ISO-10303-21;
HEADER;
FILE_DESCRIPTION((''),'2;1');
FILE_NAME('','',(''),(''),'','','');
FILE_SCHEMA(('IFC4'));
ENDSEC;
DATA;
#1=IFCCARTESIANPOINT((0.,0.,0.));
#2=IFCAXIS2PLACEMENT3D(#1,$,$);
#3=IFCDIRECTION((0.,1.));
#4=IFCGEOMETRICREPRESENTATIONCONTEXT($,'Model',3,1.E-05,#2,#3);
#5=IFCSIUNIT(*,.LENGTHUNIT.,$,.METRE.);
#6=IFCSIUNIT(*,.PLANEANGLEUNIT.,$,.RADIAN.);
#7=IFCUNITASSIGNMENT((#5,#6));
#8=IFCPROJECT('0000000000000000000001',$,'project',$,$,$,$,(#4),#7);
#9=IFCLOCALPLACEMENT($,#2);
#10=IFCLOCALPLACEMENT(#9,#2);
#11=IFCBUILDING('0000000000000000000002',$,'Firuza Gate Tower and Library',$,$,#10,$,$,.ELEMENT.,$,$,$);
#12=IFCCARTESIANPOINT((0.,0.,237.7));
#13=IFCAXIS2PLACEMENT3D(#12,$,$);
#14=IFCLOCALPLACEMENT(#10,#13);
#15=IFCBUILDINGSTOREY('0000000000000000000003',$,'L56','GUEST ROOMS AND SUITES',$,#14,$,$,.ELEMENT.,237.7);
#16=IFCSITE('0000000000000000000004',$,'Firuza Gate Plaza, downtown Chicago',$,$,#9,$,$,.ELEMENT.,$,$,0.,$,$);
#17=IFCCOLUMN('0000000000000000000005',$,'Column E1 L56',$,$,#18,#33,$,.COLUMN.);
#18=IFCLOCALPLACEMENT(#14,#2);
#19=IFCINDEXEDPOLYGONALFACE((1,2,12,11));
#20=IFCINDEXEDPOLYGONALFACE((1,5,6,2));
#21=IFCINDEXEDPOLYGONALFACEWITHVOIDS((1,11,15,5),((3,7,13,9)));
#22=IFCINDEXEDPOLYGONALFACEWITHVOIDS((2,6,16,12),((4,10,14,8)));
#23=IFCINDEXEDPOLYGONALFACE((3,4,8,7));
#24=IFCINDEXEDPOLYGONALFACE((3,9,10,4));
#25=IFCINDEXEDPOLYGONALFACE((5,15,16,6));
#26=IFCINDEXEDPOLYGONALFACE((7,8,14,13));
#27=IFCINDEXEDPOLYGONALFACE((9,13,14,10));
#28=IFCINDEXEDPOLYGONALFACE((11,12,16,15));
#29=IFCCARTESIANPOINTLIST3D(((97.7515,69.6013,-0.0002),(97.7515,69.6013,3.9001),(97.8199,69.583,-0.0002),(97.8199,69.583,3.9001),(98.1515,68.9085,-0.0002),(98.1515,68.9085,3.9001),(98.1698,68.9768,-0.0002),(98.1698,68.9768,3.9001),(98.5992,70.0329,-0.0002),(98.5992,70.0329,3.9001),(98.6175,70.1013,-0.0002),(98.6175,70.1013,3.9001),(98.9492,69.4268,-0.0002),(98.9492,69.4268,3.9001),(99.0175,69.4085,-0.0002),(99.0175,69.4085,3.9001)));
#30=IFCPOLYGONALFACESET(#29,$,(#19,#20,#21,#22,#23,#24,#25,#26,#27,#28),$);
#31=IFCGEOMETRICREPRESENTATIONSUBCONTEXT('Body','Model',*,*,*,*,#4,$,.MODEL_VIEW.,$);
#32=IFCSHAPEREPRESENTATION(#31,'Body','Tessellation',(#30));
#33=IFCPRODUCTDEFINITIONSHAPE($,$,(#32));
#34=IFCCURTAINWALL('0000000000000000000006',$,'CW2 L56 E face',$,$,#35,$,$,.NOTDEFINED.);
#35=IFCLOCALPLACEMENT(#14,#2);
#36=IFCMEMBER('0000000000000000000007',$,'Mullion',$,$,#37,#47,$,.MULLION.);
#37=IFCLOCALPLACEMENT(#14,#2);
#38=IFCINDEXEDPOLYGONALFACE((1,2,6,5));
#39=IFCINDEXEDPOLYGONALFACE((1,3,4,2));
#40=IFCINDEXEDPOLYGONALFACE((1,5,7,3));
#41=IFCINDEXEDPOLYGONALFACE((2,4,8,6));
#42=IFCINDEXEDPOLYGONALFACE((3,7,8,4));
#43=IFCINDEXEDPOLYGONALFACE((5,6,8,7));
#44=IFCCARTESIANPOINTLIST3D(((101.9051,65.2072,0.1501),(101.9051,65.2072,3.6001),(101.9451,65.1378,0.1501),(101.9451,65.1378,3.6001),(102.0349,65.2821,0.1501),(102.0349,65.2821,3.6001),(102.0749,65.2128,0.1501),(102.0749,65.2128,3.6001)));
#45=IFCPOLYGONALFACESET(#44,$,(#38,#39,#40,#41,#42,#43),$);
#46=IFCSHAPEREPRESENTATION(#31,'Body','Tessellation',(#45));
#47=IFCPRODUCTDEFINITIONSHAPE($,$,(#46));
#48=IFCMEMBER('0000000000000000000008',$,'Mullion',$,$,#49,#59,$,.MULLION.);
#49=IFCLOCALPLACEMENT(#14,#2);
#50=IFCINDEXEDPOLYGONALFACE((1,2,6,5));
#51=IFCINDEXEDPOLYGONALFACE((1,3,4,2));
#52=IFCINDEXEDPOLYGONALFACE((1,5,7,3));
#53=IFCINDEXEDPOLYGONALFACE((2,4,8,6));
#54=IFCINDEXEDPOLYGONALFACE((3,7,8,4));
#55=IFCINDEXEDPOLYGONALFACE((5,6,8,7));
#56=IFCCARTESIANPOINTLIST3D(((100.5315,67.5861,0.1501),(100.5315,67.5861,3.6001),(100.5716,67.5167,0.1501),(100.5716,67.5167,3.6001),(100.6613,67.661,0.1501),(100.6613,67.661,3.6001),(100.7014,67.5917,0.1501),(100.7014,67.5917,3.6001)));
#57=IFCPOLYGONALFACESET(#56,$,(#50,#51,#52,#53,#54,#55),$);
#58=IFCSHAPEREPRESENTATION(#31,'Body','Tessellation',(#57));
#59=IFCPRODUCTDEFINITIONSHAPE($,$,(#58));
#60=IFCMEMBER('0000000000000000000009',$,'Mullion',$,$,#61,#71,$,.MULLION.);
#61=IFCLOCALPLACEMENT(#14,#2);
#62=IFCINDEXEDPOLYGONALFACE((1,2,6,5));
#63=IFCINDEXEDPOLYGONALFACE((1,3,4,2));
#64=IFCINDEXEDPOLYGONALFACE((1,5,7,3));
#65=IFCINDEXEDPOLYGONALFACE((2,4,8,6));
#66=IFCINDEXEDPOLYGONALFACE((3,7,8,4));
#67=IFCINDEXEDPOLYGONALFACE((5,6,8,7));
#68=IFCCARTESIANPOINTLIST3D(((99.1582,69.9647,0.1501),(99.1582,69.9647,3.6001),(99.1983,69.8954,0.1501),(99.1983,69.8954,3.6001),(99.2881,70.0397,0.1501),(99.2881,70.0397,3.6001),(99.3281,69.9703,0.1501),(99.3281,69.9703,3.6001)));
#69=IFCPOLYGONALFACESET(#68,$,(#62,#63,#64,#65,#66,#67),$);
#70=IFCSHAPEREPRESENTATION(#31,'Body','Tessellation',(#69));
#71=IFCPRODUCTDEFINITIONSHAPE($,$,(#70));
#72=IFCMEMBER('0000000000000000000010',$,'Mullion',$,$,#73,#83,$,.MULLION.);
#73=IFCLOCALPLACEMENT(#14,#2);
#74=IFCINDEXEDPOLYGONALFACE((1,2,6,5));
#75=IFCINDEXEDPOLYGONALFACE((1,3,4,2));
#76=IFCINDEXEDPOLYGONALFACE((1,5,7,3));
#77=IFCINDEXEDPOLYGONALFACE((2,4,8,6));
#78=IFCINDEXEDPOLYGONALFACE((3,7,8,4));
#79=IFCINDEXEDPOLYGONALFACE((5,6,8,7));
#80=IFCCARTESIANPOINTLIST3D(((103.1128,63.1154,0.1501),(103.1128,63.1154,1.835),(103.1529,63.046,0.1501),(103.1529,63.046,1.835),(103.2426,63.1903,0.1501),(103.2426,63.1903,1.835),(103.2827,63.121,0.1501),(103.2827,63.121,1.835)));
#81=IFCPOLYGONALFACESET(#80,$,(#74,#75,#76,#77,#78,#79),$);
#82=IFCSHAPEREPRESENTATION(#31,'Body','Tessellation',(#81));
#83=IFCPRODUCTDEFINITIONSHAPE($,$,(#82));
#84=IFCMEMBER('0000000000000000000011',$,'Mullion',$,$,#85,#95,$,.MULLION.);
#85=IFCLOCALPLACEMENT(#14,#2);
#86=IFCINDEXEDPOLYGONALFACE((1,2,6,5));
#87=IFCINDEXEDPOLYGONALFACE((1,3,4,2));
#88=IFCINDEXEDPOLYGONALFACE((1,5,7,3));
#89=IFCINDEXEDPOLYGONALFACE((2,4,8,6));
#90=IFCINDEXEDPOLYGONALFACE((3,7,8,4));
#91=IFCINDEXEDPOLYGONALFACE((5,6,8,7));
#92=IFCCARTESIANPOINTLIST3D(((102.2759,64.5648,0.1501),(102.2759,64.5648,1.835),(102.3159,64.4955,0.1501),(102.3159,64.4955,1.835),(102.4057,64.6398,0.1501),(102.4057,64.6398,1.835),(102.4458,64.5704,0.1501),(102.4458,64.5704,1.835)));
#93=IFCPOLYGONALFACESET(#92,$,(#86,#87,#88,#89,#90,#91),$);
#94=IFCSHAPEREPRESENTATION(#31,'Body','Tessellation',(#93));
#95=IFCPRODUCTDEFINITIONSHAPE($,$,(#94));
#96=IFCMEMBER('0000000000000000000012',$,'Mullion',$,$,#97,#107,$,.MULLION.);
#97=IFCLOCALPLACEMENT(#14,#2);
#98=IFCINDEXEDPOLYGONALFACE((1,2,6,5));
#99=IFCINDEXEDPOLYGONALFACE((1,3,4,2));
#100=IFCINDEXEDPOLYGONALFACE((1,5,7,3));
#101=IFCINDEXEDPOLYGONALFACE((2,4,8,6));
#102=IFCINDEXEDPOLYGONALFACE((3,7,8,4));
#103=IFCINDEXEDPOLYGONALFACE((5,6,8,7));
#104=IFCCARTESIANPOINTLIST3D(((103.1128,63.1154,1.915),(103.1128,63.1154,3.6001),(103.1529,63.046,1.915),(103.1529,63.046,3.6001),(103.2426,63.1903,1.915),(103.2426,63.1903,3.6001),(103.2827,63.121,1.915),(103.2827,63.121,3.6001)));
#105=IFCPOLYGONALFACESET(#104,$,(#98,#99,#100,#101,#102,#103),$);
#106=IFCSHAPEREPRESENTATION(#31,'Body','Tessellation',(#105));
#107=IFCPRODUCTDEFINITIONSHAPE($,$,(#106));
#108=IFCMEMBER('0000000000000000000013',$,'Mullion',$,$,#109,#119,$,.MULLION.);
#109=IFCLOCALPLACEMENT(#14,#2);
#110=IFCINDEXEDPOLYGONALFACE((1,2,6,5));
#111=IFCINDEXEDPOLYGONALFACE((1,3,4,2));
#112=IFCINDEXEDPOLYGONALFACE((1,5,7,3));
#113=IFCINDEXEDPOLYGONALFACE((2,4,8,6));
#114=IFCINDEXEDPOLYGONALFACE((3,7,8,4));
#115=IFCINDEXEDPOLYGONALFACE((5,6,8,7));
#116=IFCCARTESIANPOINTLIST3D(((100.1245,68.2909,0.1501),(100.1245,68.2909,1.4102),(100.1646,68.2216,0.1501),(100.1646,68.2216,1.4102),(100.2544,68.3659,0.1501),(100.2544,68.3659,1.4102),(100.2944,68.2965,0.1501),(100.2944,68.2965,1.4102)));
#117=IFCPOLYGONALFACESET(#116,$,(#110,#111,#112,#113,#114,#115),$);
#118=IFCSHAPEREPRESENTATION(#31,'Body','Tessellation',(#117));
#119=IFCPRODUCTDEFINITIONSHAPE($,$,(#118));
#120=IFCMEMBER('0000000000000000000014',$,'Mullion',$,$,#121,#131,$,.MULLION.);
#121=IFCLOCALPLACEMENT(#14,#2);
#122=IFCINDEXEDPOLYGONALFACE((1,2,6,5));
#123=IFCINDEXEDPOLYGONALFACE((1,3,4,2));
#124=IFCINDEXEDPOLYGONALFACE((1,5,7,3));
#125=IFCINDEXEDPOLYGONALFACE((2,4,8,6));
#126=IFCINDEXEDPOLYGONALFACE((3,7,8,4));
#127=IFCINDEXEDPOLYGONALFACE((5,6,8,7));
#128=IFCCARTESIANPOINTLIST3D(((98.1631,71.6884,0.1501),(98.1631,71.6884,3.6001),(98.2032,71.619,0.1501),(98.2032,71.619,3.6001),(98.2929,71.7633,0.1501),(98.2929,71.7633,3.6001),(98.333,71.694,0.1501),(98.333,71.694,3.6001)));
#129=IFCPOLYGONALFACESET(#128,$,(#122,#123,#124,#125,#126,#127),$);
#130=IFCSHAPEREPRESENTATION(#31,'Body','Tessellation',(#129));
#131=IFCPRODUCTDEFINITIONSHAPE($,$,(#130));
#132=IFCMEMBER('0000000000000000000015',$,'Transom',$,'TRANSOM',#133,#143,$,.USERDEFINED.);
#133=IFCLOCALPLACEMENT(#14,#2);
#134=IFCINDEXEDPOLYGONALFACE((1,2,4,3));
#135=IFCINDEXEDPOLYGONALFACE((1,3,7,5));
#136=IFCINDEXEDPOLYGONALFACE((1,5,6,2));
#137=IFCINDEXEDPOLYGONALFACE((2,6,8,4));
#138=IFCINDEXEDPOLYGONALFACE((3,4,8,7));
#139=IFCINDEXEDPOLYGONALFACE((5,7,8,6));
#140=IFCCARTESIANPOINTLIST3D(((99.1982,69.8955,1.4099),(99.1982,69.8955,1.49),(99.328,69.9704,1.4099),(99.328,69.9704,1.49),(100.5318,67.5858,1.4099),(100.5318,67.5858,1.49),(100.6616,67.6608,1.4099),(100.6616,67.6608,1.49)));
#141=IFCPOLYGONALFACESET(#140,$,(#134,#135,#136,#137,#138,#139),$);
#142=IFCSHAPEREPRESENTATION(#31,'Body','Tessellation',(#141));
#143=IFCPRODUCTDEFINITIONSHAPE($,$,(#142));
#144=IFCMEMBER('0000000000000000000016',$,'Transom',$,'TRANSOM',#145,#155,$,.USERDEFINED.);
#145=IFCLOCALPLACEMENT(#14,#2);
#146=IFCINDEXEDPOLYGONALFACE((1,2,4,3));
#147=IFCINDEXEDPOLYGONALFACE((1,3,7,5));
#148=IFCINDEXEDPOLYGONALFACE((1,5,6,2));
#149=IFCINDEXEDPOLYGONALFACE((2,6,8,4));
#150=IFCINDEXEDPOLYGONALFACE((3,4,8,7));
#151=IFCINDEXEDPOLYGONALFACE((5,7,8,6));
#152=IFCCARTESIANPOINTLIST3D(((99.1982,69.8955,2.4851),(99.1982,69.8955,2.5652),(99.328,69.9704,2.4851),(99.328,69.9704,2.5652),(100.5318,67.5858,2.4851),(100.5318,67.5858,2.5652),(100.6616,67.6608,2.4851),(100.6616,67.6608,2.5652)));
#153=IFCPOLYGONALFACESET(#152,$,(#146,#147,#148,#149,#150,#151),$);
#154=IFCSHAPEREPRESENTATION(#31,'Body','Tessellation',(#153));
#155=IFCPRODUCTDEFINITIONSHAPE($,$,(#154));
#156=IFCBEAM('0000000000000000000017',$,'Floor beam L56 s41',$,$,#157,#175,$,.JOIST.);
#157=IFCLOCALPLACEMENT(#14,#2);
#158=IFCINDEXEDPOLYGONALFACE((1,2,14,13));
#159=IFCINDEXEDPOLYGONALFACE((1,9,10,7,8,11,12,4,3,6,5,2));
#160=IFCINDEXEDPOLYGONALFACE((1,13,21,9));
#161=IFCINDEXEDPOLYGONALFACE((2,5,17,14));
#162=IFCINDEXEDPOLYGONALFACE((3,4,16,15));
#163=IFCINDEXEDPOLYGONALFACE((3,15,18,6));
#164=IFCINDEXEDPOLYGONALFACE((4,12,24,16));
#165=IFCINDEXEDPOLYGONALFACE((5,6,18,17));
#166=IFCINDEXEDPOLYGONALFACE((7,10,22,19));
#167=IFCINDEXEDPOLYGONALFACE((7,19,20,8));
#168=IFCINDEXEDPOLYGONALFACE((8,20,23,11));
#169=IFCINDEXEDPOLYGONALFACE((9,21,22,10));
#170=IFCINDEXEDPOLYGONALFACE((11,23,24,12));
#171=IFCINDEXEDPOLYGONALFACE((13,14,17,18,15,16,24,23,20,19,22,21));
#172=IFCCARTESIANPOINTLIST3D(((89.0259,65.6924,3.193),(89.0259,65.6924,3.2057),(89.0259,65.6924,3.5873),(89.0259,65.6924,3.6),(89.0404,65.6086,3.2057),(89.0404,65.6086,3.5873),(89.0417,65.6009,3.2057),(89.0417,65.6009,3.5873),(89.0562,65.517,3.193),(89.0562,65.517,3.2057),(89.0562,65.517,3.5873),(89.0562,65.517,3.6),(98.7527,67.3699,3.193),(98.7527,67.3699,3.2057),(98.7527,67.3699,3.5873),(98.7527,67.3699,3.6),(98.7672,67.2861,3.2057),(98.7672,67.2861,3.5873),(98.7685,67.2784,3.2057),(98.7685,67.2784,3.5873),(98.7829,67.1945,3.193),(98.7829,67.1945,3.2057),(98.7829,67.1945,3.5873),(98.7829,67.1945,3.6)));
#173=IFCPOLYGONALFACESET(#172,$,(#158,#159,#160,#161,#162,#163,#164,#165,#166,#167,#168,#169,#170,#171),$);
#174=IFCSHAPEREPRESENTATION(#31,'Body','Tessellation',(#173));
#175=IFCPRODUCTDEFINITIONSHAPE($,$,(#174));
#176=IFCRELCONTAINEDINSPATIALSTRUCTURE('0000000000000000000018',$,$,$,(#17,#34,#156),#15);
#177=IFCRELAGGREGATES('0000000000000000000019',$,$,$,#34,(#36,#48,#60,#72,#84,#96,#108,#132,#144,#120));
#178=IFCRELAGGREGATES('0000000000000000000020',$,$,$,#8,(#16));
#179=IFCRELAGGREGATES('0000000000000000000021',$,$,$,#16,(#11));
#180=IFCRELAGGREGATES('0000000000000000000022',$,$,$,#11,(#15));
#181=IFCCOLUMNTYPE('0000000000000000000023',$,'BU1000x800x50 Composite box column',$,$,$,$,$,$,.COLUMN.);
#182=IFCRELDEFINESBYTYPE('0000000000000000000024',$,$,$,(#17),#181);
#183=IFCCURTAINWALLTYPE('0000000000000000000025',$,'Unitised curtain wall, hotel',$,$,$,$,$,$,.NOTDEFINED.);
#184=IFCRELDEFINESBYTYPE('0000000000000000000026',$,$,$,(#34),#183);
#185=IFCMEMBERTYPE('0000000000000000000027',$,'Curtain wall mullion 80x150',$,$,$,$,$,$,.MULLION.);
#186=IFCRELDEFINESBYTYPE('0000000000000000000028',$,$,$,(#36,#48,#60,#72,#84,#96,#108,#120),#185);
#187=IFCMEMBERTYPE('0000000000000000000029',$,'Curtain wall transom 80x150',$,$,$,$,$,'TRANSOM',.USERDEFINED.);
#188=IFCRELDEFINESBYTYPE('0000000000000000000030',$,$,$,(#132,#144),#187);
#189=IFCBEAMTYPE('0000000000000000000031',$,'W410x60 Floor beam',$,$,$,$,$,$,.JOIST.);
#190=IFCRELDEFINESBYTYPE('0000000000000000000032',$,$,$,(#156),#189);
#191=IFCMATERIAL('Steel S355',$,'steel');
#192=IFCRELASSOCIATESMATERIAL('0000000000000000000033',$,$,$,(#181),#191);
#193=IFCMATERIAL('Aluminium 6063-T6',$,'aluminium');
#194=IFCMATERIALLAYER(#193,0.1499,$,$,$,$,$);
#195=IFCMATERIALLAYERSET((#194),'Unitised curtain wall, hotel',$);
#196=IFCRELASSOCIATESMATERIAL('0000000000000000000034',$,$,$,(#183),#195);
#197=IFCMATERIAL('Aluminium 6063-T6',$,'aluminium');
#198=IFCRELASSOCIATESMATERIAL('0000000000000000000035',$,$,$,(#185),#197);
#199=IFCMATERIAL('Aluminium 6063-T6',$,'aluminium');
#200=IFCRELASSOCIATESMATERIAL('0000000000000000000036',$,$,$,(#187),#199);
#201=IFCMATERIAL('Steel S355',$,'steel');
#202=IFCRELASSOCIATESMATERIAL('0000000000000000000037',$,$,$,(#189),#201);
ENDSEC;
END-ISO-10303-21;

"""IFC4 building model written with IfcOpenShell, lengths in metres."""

from ifc_helpers import new_model, si_unit, direction, frame, origin, origin_2d, place, context, subcontext, project, spatial, rectangle, hollow_rectangle, i_section, extrude, material, layer, layer_set, material_profile, profile_set, type_object, element, aggregate, save


model = new_model("IFC4")

# Units and contexts
model_context = context("Model", 3, precision=1e-05, world=origin(), true_north=direction((0.0, 1.0)))
body_context = subcontext(model_context, "Body", "Model", "MODEL_VIEW")
ifc_project = project(units=[si_unit("LENGTHUNIT", "METRE"), si_unit("PLANEANGLEUNIT", "RADIAN")], contexts=[model_context])

# Site, building, storey
site_placement = place(None, origin())
site = spatial("IfcSite", under=ifc_project, at=site_placement, Name="Firuza Gate Plaza, downtown Chicago", CompositionType="ELEMENT", RefElevation=0.0)
building_placement = place(site_placement, origin())
building = spatial("IfcBuilding", under=site, at=building_placement, Name="Firuza Gate Tower and Library", CompositionType="ELEMENT")
storey_placement = place(building_placement, frame((0.0, 0.0, 237.7)))
storey = spatial("IfcBuildingStorey", under=building, at=storey_placement, Name="L56", Description="GUEST ROOMS AND SUITES", CompositionType="ELEMENT", Elevation=237.7)

# Column
ifc_material_1 = material(Name="Steel S355", Category="steel")
ifc_material_profile_1 = material_profile(ifc_material_1, hollow_rectangle(XDim=0.8, YDim=1.0, WallThickness=0.05, at=origin_2d()))
ifc_profile_set_1 = profile_set([ifc_material_profile_1], Name="Steel S355")
column_type = type_object("IfcColumnType", Name="BU1000x800x50 Composite box column", PredefinedType="COLUMN", material=ifc_profile_set_1)
column_placement = place(storey_placement, frame((98.3845, 69.5049, -0.0002), z_axis=(0.0, 0.0, 1.0), x_axis=(-0.5, 0.866025, 0.0)))
element("IfcColumn", 1, at=column_placement, inside=storey, type_object=column_type, Name="Column E1 L56", PredefinedType="COLUMN", context=body_context, shape_type="SweptSolid", body=[
    extrude(hollow_rectangle(XDim=0.8, YDim=1.0, WallThickness=0.05, at=origin_2d()), origin(), (0.0, 0.0, 1.0), 3.9004),
])

# Curtain wall, members
ifc_material_2 = material(Name="Aluminium 6063-T6", Category="aluminium")
ifc_layer_1 = layer(ifc_material_2, 0.1499)
ifc_layer_set_1 = layer_set([ifc_layer_1], Name="Unitised curtain wall, hotel")
curtain_wall_type = type_object("IfcCurtainWallType", Name="Unitised curtain wall, hotel", PredefinedType="NOTDEFINED", material=ifc_layer_set_1)
curtain_wall_placement = place(storey_placement, origin())
curtain_wall = element("IfcCurtainWall", 2, at=curtain_wall_placement, inside=storey, type_object=curtain_wall_type, Name="CW2 L56 E face", PredefinedType="NOTDEFINED")
ifc_material_3 = material(Name="Aluminium 6063-T6", Category="aluminium")
ifc_material_profile_2 = material_profile(ifc_material_3, rectangle(XDim=0.1499, YDim=0.0801, at=origin_2d()))
ifc_profile_set_2 = profile_set([ifc_material_profile_2], Name="Aluminium 6063-T6")
member_type_1 = type_object("IfcMemberType", Name="Curtain wall mullion 80x150", PredefinedType="MULLION", material=ifc_profile_set_2)
member_1_placement = place(storey_placement, frame((101.99, 65.21, 0.1501), z_axis=(0.0, 0.0, 1.0), x_axis=(-0.866025, -0.5, 0.0)))
member_1 = element("IfcMember", 3, at=member_1_placement, type_object=member_type_1, Name="Mullion", PredefinedType="MULLION", context=body_context, shape_type="SweptSolid", body=[
    extrude(rectangle(XDim=0.1499, YDim=0.0801, at=origin_2d()), origin(), (0.0, 0.0, 1.0), 3.45),
])
member_2_placement = place(storey_placement, frame((100.6165, 67.5889, 0.1501), z_axis=(0.0, 0.0, 1.0), x_axis=(-0.866025, -0.5, 0.0)))
member_2 = element("IfcMember", 4, at=member_2_placement, type_object=member_type_1, Name="Mullion", PredefinedType="MULLION", context=body_context, shape_type="SweptSolid", body=[
    extrude(rectangle(XDim=0.1499, YDim=0.0801, at=origin_2d()), origin(), (0.0, 0.0, 1.0), 3.45),
])
member_3_placement = place(storey_placement, frame((99.2432, 69.9675, 0.1501), z_axis=(0.0, 0.0, 1.0), x_axis=(-0.866025, -0.5, 0.0)))
member_3 = element("IfcMember", 5, at=member_3_placement, type_object=member_type_1, Name="Mullion", PredefinedType="MULLION", context=body_context, shape_type="SweptSolid", body=[
    extrude(rectangle(XDim=0.1499, YDim=0.0801, at=origin_2d()), origin(), (0.0, 0.0, 1.0), 3.45),
])
member_4_placement = place(storey_placement, frame((103.1978, 63.1182, 0.1501), z_axis=(0.0, 0.0, 1.0), x_axis=(-0.866025, -0.5, 0.0)))
member_4 = element("IfcMember", 6, at=member_4_placement, type_object=member_type_1, Name="Mullion", PredefinedType="MULLION", context=body_context, shape_type="SweptSolid", body=[
    extrude(rectangle(XDim=0.1499, YDim=0.0801, at=origin_2d()), origin(), (0.0, 0.0, 1.0), 1.6848),
])
member_5_placement = place(storey_placement, frame((102.3608, 64.5676, 0.1501), z_axis=(0.0, 0.0, 1.0), x_axis=(-0.866025, -0.5, 0.0)))
member_5 = element("IfcMember", 7, at=member_5_placement, type_object=member_type_1, Name="Mullion", PredefinedType="MULLION", context=body_context, shape_type="SweptSolid", body=[
    extrude(rectangle(XDim=0.1499, YDim=0.0801, at=origin_2d()), origin(), (0.0, 0.0, 1.0), 1.6848),
])
member_6_placement = place(storey_placement, frame((103.1978, 63.1182, 1.915), z_axis=(0.0, 0.0, 1.0), x_axis=(-0.866025, -0.5, 0.0)))
member_6 = element("IfcMember", 8, at=member_6_placement, type_object=member_type_1, Name="Mullion", PredefinedType="MULLION", context=body_context, shape_type="SweptSolid", body=[
    extrude(rectangle(XDim=0.1499, YDim=0.0801, at=origin_2d()), origin(), (0.0, 0.0, 1.0), 1.6851),
])
member_7_placement = place(storey_placement, frame((100.2095, 68.2937, 0.1501), z_axis=(0.0, 0.0, 1.0), x_axis=(-0.866025, -0.5, 0.0)))
member_7 = element("IfcMember", 9, at=member_7_placement, type_object=member_type_1, Name="Mullion", PredefinedType="MULLION", context=body_context, shape_type="SweptSolid", body=[
    extrude(rectangle(XDim=0.1499, YDim=0.0801, at=origin_2d()), origin(), (0.0, 0.0, 1.0), 1.26),
])
member_8_placement = place(storey_placement, frame((98.248, 71.6912, 0.1501), z_axis=(0.0, 0.0, 1.0), x_axis=(-0.866025, -0.5, 0.0)))
member_8 = element("IfcMember", 10, at=member_8_placement, type_object=member_type_1, Name="Mullion", PredefinedType="MULLION", context=body_context, shape_type="SweptSolid", body=[
    extrude(rectangle(XDim=0.1499, YDim=0.0801, at=origin_2d()), origin(), (0.0, 0.0, 1.0), 3.45),
])
ifc_material_4 = material(Name="Aluminium 6063-T6", Category="aluminium")
ifc_material_profile_3 = material_profile(ifc_material_4, rectangle(XDim=0.1499, YDim=0.0801, at=origin_2d()))
ifc_profile_set_3 = profile_set([ifc_material_profile_3], Name="Aluminium 6063-T6")
member_type_2 = type_object("IfcMemberType", Name="Curtain wall transom 80x150", ElementType="TRANSOM", PredefinedType="USERDEFINED", material=ifc_profile_set_3)
member_9_placement = place(storey_placement, frame((100.5967, 67.6233, 1.45), z_axis=(-0.500018, 0.866015, 0.0), x_axis=(-0.866015, -0.500018, 0.0)))
member_9 = element("IfcMember", 11, at=member_9_placement, type_object=member_type_2, Name="Transom", ObjectType="TRANSOM", PredefinedType="USERDEFINED", context=body_context, shape_type="SweptSolid", body=[
    extrude(rectangle(XDim=0.1499, YDim=0.0801, at=origin_2d()), origin(), (0.0, 0.0, 1.0), 2.667),
])
member_10_placement = place(storey_placement, frame((100.5967, 67.6233, 2.5251), z_axis=(-0.500018, 0.866015, 0.0), x_axis=(-0.866015, -0.500018, 0.0)))
member_10 = element("IfcMember", 12, at=member_10_placement, type_object=member_type_2, Name="Transom", ObjectType="TRANSOM", PredefinedType="USERDEFINED", context=body_context, shape_type="SweptSolid", body=[
    extrude(rectangle(XDim=0.1499, YDim=0.0801, at=origin_2d()), origin(), (0.0, 0.0, 1.0), 2.667),
])

# Beam
ifc_material_5 = material(Name="Steel S355", Category="steel")
ifc_material_profile_4 = material_profile(ifc_material_5, i_section(OverallWidth=0.178, OverallDepth=0.407, WebThickness=0.0078, FlangeThickness=0.0127, at=origin_2d()))
ifc_profile_set_4 = profile_set([ifc_material_profile_4], Name="Steel S355")
beam_type_1 = type_object("IfcBeamType", Name="W410x60 Floor beam", PredefinedType="JOIST", material=ifc_profile_set_4)
beam_1_placement = place(storey_placement, frame((98.7678, 67.2822, 3.3965), z_axis=(-0.985452, -0.169952, 0.0), x_axis=(0.169952, -0.985452, 0.0)))
element("IfcBeam", 13, at=beam_1_placement, inside=storey, type_object=beam_type_1, Name="Floor beam L56 s41", PredefinedType="JOIST", context=body_context, shape_type="SweptSolid", body=[
    extrude(i_section(OverallWidth=0.178, OverallDepth=0.407, WebThickness=0.0078, FlangeThickness=0.0127, at=origin_2d()), origin(), (0.0, 0.0, 1.0), 9.8704),
])

aggregate(curtain_wall, [member_1, member_2, member_3, member_4, member_5, member_6, member_7, member_9, member_10, member_8])

save(model, "model.ifc")
